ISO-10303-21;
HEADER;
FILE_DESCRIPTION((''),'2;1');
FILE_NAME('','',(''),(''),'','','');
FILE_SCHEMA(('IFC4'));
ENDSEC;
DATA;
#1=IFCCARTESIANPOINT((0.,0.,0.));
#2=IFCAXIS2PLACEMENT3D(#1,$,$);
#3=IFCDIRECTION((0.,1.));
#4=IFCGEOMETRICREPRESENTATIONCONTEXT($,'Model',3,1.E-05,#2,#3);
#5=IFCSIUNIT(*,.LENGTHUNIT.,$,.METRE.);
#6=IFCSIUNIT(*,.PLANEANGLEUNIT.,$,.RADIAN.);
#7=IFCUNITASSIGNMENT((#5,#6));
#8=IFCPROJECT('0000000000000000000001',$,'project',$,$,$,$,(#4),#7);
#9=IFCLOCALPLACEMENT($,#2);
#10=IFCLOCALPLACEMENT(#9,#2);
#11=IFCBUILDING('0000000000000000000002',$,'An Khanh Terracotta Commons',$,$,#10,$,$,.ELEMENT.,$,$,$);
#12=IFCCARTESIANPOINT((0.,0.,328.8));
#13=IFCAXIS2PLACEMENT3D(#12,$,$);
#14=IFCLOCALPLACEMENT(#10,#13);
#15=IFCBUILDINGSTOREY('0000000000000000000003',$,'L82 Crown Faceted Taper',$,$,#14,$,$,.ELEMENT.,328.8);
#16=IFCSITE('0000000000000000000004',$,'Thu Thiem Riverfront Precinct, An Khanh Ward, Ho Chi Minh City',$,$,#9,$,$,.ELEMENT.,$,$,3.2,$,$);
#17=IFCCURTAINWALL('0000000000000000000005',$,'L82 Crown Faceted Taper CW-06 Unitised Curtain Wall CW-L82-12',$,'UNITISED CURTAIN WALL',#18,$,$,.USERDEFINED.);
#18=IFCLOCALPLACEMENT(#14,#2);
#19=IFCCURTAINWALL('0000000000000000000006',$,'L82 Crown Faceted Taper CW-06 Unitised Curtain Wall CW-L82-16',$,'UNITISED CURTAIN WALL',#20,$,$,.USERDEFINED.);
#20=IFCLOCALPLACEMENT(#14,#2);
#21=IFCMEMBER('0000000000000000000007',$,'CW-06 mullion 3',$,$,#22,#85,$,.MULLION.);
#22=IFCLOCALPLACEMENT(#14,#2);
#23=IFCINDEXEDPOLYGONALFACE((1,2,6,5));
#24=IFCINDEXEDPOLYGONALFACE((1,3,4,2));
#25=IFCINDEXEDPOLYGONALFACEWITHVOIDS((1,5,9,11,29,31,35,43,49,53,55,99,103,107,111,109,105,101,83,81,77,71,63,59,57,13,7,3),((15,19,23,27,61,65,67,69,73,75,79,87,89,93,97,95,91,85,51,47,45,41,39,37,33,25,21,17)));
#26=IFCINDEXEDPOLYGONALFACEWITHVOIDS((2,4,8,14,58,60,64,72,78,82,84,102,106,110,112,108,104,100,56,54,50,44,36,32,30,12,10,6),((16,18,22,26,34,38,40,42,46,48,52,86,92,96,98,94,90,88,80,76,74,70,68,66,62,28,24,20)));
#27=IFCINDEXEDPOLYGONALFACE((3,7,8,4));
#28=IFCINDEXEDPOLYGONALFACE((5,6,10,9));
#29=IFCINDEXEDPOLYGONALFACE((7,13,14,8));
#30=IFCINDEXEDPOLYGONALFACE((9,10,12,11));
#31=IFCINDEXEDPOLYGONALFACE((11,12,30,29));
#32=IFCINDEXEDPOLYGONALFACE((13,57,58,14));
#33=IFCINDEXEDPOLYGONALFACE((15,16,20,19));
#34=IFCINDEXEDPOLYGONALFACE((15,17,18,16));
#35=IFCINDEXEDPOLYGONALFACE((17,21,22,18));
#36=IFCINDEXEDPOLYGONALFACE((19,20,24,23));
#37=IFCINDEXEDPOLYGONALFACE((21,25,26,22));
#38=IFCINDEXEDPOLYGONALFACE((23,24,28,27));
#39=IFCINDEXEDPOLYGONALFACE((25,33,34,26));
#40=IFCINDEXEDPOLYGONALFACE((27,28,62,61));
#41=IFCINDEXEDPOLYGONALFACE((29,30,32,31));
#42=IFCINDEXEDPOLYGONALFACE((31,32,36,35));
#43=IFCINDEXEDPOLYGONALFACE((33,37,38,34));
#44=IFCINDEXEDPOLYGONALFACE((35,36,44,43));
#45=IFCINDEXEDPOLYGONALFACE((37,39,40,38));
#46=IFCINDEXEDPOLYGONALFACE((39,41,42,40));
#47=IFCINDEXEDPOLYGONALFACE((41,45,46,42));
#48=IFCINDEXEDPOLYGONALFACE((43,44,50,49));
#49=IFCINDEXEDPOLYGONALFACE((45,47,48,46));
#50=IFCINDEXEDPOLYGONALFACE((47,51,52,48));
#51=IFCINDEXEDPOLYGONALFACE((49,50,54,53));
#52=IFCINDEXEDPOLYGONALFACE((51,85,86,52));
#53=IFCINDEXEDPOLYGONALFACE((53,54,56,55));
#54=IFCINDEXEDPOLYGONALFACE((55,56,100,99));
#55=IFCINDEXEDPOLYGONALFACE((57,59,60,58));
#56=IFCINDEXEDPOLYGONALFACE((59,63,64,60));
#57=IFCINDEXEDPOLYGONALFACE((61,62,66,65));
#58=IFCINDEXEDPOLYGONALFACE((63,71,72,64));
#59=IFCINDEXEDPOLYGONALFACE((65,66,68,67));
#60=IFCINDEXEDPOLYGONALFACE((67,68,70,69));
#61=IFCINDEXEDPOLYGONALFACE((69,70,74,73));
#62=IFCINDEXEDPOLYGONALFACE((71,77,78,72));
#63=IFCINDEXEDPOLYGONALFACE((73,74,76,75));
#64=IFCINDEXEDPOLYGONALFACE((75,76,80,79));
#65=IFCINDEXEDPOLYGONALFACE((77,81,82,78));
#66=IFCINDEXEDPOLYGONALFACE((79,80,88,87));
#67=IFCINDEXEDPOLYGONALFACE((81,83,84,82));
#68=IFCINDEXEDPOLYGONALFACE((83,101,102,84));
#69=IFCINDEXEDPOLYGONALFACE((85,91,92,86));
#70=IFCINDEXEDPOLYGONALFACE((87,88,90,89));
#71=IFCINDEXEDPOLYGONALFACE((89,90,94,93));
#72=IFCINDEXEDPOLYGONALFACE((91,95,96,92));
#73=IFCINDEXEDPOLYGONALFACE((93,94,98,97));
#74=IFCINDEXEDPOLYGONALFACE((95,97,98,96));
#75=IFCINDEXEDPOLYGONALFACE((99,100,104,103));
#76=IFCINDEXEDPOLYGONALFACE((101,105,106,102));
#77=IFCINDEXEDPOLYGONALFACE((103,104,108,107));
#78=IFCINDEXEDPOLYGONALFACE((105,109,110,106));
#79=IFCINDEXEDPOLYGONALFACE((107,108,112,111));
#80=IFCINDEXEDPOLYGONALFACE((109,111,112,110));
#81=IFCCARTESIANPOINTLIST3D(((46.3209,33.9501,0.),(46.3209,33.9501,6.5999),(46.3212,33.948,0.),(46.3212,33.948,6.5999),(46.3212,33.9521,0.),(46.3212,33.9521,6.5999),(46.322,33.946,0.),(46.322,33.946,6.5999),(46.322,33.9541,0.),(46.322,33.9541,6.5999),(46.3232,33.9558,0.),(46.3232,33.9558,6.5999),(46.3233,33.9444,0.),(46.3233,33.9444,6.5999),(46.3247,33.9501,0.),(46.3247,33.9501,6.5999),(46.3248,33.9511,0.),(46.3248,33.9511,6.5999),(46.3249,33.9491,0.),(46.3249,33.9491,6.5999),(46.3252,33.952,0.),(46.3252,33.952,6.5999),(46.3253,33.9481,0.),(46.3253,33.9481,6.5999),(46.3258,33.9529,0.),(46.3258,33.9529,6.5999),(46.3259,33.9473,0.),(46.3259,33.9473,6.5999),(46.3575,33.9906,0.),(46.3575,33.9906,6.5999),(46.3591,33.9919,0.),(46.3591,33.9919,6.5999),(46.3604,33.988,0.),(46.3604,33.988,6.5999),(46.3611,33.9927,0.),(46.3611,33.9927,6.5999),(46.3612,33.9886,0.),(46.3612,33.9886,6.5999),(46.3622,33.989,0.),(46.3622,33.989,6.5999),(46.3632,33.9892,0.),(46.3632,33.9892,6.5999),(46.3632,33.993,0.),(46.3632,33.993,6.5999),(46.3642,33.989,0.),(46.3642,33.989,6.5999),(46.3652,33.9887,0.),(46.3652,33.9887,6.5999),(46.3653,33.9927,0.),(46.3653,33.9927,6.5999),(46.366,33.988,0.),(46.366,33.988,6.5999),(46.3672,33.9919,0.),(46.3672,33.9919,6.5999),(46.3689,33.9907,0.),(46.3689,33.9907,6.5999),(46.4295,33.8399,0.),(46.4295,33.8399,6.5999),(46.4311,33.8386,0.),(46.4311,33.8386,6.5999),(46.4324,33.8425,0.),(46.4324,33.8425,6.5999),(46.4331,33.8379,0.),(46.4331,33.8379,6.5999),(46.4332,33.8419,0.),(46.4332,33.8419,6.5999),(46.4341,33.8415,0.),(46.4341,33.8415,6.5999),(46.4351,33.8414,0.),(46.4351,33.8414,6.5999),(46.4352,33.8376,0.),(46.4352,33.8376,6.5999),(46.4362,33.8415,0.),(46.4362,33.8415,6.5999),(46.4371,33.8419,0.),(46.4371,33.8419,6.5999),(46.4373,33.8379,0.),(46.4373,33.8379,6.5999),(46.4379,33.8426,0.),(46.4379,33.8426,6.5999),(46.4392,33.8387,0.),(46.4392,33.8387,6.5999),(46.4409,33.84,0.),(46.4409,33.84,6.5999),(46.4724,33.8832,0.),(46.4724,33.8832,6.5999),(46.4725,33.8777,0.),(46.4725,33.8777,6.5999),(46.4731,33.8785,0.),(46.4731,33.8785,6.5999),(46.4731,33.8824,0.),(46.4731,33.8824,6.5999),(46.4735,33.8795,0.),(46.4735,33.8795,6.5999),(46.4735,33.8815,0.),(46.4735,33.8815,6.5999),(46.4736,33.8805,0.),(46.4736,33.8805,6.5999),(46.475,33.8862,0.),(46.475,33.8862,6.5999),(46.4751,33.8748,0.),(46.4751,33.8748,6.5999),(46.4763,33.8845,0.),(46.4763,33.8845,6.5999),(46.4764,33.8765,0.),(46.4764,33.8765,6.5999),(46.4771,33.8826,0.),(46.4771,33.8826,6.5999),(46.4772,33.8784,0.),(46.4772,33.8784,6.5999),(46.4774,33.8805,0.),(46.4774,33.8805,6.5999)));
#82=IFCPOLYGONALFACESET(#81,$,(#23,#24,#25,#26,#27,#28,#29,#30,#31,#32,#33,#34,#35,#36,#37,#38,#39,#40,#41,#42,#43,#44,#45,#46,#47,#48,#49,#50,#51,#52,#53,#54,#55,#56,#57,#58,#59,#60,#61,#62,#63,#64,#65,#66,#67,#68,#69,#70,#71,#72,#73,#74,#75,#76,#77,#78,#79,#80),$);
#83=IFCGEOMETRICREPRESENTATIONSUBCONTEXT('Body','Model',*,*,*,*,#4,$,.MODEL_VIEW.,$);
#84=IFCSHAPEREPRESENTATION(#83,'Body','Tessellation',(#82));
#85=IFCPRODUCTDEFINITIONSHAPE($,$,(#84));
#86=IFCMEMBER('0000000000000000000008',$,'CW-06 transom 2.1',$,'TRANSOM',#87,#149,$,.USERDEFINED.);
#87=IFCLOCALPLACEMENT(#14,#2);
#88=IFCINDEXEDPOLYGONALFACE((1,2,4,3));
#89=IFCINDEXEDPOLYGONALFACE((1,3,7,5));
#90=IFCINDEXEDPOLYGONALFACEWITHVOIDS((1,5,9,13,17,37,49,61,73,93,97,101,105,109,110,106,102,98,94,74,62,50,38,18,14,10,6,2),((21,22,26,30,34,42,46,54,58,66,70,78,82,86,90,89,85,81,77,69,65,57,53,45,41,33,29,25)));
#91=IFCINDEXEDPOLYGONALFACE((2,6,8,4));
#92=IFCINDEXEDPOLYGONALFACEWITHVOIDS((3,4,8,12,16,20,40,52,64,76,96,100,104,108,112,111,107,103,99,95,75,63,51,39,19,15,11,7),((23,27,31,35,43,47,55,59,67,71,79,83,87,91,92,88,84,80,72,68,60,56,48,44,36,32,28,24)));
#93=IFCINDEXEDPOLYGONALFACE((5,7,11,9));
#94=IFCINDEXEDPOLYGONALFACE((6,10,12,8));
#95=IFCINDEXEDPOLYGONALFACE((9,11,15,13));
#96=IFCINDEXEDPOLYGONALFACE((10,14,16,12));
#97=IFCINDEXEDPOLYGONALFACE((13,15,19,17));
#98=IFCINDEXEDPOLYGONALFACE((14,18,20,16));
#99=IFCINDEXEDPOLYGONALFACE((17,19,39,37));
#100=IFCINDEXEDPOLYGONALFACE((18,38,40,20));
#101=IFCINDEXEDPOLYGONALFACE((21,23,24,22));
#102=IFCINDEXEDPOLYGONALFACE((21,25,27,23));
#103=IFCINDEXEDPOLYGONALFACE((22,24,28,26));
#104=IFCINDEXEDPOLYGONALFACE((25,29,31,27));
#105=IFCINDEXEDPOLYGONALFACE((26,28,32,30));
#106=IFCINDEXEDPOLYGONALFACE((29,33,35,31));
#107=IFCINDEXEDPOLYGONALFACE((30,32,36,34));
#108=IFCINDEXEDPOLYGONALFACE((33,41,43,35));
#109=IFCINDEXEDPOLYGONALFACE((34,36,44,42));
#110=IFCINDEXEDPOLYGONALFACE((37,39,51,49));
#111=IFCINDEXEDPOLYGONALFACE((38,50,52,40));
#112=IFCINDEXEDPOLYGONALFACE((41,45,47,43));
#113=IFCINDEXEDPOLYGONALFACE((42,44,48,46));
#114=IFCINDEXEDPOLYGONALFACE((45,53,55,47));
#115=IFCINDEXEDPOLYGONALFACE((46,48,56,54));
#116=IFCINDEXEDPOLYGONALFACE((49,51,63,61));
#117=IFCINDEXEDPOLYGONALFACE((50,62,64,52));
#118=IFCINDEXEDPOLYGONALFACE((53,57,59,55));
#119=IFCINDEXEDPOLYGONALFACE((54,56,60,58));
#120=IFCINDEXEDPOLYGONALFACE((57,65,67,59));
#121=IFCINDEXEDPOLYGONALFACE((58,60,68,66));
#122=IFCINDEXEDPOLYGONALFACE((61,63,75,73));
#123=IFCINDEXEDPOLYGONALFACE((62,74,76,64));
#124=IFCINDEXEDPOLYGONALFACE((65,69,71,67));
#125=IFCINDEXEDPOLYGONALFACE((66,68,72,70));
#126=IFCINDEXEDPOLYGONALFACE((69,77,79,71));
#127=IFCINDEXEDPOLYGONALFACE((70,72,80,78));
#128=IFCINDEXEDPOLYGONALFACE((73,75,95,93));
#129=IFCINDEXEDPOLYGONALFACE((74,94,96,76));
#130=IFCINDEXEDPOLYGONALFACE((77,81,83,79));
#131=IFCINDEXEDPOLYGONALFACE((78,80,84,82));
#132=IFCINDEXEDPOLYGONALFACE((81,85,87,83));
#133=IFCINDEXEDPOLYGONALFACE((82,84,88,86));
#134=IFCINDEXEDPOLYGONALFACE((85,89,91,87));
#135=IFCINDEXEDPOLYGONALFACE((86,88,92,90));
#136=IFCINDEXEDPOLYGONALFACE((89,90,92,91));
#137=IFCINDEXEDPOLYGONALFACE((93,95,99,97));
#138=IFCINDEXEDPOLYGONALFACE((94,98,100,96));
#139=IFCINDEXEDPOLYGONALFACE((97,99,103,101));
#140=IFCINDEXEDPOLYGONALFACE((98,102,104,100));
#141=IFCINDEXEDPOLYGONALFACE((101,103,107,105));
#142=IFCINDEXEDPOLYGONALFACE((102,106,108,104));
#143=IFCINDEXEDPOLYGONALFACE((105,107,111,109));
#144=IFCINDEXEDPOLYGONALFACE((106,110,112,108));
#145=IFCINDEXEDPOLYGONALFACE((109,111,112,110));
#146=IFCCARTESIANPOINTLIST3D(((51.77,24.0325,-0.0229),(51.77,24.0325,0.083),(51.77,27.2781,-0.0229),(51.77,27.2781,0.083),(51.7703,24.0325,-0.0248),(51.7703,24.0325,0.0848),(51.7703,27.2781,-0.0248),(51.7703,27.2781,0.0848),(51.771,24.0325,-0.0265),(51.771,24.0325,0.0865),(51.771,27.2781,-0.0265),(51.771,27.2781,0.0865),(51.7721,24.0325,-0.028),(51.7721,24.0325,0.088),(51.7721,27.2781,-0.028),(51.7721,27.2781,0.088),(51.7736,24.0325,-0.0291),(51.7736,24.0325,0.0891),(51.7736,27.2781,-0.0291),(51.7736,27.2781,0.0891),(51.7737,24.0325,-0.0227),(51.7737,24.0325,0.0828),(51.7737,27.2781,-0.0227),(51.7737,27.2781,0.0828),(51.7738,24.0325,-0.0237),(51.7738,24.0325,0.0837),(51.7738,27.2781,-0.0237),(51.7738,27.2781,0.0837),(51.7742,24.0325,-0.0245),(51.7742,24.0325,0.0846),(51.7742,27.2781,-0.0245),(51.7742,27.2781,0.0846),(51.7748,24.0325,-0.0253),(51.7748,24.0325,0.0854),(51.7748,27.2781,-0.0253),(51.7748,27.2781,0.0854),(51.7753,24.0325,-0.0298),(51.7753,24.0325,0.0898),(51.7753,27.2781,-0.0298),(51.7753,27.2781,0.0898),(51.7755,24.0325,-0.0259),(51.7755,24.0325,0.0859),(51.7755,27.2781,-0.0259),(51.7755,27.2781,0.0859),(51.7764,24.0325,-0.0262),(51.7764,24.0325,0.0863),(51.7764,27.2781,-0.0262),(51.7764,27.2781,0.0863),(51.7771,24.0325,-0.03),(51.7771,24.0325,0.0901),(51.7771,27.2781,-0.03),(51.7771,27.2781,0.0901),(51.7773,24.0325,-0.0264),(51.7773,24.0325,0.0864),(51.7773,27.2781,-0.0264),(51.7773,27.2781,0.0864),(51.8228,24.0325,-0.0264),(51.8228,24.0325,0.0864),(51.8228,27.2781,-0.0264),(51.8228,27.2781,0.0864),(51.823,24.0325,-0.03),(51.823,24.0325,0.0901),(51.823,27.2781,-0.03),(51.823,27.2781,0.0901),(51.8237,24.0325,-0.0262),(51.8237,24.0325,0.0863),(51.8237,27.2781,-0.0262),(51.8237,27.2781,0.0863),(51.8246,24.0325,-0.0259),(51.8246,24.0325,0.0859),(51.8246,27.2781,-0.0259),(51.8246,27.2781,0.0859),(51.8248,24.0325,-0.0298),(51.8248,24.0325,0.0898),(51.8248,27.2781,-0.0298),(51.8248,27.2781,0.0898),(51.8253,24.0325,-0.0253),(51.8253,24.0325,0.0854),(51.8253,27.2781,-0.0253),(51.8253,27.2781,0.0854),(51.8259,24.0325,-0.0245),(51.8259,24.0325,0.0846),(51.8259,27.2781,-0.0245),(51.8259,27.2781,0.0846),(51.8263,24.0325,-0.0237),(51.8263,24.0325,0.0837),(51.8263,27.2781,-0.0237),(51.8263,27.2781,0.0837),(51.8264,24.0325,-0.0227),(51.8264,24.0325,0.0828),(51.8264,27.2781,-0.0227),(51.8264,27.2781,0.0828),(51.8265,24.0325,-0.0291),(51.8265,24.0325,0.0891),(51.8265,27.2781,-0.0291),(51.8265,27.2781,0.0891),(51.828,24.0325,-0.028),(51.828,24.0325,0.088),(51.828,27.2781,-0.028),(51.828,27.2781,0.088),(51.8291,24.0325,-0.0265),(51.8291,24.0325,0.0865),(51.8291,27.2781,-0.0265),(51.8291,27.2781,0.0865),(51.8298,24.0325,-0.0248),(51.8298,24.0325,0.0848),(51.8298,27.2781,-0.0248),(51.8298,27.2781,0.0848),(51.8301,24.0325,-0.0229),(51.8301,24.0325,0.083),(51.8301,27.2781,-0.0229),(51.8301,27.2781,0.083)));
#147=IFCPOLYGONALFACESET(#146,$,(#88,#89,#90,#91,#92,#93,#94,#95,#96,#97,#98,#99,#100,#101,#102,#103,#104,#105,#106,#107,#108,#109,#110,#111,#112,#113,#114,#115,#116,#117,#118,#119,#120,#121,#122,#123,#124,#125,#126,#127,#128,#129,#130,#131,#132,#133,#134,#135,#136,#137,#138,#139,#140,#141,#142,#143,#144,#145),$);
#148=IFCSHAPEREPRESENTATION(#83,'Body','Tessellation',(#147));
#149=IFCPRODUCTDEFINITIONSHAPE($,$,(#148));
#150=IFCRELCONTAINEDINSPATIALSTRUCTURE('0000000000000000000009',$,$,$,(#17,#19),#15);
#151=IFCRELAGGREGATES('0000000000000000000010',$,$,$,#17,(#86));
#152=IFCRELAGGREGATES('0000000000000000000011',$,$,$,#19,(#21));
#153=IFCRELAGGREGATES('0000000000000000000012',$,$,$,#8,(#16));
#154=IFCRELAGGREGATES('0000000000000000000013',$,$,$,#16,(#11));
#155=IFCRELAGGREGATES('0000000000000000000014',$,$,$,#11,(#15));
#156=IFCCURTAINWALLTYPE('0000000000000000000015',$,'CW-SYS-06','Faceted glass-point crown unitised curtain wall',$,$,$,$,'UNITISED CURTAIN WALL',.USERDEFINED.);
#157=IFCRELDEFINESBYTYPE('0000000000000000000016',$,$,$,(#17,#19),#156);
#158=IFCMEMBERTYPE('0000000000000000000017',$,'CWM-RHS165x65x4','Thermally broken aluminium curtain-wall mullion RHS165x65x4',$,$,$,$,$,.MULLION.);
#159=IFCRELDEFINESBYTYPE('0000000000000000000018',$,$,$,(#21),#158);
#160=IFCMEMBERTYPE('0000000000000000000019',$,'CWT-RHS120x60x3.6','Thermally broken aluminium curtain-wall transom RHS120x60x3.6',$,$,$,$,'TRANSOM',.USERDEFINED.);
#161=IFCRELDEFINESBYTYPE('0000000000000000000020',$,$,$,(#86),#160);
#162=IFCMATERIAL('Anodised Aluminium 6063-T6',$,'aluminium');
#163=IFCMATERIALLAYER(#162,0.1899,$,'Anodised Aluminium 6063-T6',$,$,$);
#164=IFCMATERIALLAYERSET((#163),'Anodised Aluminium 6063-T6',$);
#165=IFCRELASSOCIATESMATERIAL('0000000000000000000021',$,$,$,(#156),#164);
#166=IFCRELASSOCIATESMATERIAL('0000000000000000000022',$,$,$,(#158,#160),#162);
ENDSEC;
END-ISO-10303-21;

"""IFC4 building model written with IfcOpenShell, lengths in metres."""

from ifc_helpers import new_model, si_unit, direction, frame, origin, origin_2d, place, context, subcontext, project, spatial, hollow_rectangle, extrude, material, layer, layer_set, material_profile, profile_set, type_object, element, aggregate, save


model = new_model("IFC4")

# Units and contexts
model_context = context("Model", 3, precision=1e-05, world=origin(), true_north=direction((0.0, 1.0)))
body_context = subcontext(model_context, "Body", "Model", "MODEL_VIEW")
ifc_project = project(units=[si_unit("LENGTHUNIT", "METRE"), si_unit("PLANEANGLEUNIT", "RADIAN")], contexts=[model_context])

# Site, building, storey
site_placement = place(None, origin())
site = spatial("IfcSite", under=ifc_project, at=site_placement, Name="Thu Thiem Riverfront Precinct, An Khanh Ward, Ho Chi Minh City", CompositionType="ELEMENT", RefElevation=3.2)
building_placement = place(site_placement, origin())
building = spatial("IfcBuilding", under=site, at=building_placement, Name="An Khanh Terracotta Commons", CompositionType="ELEMENT")
storey_placement = place(building_placement, frame((0.0, 0.0, 328.8)))
storey = spatial("IfcBuildingStorey", under=building, at=storey_placement, Name="L82 Crown Faceted Taper", CompositionType="ELEMENT", Elevation=328.8)

# Curtain walls, member
ifc_material_1 = material(Name="Anodised Aluminium 6063-T6", Category="aluminium")
ifc_layer_1 = layer(ifc_material_1, 0.1899, Name="Anodised Aluminium 6063-T6")
ifc_layer_set_1 = layer_set([ifc_layer_1], Name="Anodised Aluminium 6063-T6")
curtain_wall_type = type_object("IfcCurtainWallType", Name="CW-SYS-06", Description="Faceted glass-point crown unitised curtain wall", ElementType="UNITISED CURTAIN WALL", PredefinedType="USERDEFINED", material=ifc_layer_set_1)
curtain_wall_1_placement = place(storey_placement, origin())
curtain_wall_1 = element("IfcCurtainWall", 1, at=curtain_wall_1_placement, inside=storey, type_object=curtain_wall_type, Name="L82 Crown Faceted Taper CW-06 Unitised Curtain Wall CW-L82-12", ObjectType="UNITISED CURTAIN WALL", PredefinedType="USERDEFINED")
ifc_material_profile_1 = material_profile(ifc_material_1, hollow_rectangle(XDim=0.0649, YDim=0.165, WallThickness=0.0039, InnerFilletRadius=0.0039, OuterFilletRadius=0.0081, at=origin_2d()), Name="RHS165x65x4")
ifc_profile_set_1 = profile_set([ifc_material_profile_1], Name="Anodised Aluminium 6063-T6")
member_type_1 = type_object("IfcMemberType", Name="CWM-RHS165x65x4", Description="Thermally broken aluminium curtain-wall mullion RHS165x65x4", PredefinedType="MULLION", material=ifc_profile_set_1)
curtain_wall_2_placement = place(storey_placement, origin())
curtain_wall_2 = element("IfcCurtainWall", 2, at=curtain_wall_2_placement, inside=storey, type_object=curtain_wall_type, Name="L82 Crown Faceted Taper CW-06 Unitised Curtain Wall CW-L82-16", ObjectType="UNITISED CURTAIN WALL", PredefinedType="USERDEFINED")
member_1_placement = place(storey_placement, frame((46.3992, 33.9153, 0.0), z_axis=(0.0, 0.0, 1.0), x_axis=(-0.701497, -0.712672, 0.0)))
member_1 = element("IfcMember", 3, at=member_1_placement, type_object=member_type_1, Name="CW-06 mullion 3", PredefinedType="MULLION", context=body_context, shape_type="SweptSolid", body=[
    extrude(hollow_rectangle(XDim=0.0649, YDim=0.165, WallThickness=0.0039, InnerFilletRadius=0.0039, OuterFilletRadius=0.0081, at=origin_2d()), origin(), (0.0, 0.0, 1.0), 6.5999),
])

# Member
ifc_material_profile_2 = material_profile(ifc_material_1, hollow_rectangle(XDim=0.0601, YDim=0.1201, WallThickness=0.0037, InnerFilletRadius=0.0037, OuterFilletRadius=0.0071, at=origin_2d()), Name="RHS120x60x3.6")
ifc_profile_set_2 = profile_set([ifc_material_profile_2], Name="Anodised Aluminium 6063-T6")
member_type_2 = type_object("IfcMemberType", Name="CWT-RHS120x60x3.6", Description="Thermally broken aluminium curtain-wall transom RHS120x60x3.6", ElementType="TRANSOM", PredefinedType="USERDEFINED", material=ifc_profile_set_2)
member_2_placement = place(storey_placement, frame((51.8, 24.0325, 0.03), z_axis=(0.0, 1.0, 0.0), x_axis=(-1.0, 0.0, 0.0)))
member_2 = element("IfcMember", 4, at=member_2_placement, type_object=member_type_2, Name="CW-06 transom 2.1", ObjectType="TRANSOM", PredefinedType="USERDEFINED", context=body_context, shape_type="SweptSolid", body=[
    extrude(hollow_rectangle(XDim=0.0601, YDim=0.1201, WallThickness=0.0037, InnerFilletRadius=0.0037, OuterFilletRadius=0.0071, at=origin_2d()), origin(), (0.0, 0.0, 1.0), 3.2456),
])

aggregate(curtain_wall_1, [member_2])
aggregate(curtain_wall_2, [member_1])

save(model, "model.ifc")
